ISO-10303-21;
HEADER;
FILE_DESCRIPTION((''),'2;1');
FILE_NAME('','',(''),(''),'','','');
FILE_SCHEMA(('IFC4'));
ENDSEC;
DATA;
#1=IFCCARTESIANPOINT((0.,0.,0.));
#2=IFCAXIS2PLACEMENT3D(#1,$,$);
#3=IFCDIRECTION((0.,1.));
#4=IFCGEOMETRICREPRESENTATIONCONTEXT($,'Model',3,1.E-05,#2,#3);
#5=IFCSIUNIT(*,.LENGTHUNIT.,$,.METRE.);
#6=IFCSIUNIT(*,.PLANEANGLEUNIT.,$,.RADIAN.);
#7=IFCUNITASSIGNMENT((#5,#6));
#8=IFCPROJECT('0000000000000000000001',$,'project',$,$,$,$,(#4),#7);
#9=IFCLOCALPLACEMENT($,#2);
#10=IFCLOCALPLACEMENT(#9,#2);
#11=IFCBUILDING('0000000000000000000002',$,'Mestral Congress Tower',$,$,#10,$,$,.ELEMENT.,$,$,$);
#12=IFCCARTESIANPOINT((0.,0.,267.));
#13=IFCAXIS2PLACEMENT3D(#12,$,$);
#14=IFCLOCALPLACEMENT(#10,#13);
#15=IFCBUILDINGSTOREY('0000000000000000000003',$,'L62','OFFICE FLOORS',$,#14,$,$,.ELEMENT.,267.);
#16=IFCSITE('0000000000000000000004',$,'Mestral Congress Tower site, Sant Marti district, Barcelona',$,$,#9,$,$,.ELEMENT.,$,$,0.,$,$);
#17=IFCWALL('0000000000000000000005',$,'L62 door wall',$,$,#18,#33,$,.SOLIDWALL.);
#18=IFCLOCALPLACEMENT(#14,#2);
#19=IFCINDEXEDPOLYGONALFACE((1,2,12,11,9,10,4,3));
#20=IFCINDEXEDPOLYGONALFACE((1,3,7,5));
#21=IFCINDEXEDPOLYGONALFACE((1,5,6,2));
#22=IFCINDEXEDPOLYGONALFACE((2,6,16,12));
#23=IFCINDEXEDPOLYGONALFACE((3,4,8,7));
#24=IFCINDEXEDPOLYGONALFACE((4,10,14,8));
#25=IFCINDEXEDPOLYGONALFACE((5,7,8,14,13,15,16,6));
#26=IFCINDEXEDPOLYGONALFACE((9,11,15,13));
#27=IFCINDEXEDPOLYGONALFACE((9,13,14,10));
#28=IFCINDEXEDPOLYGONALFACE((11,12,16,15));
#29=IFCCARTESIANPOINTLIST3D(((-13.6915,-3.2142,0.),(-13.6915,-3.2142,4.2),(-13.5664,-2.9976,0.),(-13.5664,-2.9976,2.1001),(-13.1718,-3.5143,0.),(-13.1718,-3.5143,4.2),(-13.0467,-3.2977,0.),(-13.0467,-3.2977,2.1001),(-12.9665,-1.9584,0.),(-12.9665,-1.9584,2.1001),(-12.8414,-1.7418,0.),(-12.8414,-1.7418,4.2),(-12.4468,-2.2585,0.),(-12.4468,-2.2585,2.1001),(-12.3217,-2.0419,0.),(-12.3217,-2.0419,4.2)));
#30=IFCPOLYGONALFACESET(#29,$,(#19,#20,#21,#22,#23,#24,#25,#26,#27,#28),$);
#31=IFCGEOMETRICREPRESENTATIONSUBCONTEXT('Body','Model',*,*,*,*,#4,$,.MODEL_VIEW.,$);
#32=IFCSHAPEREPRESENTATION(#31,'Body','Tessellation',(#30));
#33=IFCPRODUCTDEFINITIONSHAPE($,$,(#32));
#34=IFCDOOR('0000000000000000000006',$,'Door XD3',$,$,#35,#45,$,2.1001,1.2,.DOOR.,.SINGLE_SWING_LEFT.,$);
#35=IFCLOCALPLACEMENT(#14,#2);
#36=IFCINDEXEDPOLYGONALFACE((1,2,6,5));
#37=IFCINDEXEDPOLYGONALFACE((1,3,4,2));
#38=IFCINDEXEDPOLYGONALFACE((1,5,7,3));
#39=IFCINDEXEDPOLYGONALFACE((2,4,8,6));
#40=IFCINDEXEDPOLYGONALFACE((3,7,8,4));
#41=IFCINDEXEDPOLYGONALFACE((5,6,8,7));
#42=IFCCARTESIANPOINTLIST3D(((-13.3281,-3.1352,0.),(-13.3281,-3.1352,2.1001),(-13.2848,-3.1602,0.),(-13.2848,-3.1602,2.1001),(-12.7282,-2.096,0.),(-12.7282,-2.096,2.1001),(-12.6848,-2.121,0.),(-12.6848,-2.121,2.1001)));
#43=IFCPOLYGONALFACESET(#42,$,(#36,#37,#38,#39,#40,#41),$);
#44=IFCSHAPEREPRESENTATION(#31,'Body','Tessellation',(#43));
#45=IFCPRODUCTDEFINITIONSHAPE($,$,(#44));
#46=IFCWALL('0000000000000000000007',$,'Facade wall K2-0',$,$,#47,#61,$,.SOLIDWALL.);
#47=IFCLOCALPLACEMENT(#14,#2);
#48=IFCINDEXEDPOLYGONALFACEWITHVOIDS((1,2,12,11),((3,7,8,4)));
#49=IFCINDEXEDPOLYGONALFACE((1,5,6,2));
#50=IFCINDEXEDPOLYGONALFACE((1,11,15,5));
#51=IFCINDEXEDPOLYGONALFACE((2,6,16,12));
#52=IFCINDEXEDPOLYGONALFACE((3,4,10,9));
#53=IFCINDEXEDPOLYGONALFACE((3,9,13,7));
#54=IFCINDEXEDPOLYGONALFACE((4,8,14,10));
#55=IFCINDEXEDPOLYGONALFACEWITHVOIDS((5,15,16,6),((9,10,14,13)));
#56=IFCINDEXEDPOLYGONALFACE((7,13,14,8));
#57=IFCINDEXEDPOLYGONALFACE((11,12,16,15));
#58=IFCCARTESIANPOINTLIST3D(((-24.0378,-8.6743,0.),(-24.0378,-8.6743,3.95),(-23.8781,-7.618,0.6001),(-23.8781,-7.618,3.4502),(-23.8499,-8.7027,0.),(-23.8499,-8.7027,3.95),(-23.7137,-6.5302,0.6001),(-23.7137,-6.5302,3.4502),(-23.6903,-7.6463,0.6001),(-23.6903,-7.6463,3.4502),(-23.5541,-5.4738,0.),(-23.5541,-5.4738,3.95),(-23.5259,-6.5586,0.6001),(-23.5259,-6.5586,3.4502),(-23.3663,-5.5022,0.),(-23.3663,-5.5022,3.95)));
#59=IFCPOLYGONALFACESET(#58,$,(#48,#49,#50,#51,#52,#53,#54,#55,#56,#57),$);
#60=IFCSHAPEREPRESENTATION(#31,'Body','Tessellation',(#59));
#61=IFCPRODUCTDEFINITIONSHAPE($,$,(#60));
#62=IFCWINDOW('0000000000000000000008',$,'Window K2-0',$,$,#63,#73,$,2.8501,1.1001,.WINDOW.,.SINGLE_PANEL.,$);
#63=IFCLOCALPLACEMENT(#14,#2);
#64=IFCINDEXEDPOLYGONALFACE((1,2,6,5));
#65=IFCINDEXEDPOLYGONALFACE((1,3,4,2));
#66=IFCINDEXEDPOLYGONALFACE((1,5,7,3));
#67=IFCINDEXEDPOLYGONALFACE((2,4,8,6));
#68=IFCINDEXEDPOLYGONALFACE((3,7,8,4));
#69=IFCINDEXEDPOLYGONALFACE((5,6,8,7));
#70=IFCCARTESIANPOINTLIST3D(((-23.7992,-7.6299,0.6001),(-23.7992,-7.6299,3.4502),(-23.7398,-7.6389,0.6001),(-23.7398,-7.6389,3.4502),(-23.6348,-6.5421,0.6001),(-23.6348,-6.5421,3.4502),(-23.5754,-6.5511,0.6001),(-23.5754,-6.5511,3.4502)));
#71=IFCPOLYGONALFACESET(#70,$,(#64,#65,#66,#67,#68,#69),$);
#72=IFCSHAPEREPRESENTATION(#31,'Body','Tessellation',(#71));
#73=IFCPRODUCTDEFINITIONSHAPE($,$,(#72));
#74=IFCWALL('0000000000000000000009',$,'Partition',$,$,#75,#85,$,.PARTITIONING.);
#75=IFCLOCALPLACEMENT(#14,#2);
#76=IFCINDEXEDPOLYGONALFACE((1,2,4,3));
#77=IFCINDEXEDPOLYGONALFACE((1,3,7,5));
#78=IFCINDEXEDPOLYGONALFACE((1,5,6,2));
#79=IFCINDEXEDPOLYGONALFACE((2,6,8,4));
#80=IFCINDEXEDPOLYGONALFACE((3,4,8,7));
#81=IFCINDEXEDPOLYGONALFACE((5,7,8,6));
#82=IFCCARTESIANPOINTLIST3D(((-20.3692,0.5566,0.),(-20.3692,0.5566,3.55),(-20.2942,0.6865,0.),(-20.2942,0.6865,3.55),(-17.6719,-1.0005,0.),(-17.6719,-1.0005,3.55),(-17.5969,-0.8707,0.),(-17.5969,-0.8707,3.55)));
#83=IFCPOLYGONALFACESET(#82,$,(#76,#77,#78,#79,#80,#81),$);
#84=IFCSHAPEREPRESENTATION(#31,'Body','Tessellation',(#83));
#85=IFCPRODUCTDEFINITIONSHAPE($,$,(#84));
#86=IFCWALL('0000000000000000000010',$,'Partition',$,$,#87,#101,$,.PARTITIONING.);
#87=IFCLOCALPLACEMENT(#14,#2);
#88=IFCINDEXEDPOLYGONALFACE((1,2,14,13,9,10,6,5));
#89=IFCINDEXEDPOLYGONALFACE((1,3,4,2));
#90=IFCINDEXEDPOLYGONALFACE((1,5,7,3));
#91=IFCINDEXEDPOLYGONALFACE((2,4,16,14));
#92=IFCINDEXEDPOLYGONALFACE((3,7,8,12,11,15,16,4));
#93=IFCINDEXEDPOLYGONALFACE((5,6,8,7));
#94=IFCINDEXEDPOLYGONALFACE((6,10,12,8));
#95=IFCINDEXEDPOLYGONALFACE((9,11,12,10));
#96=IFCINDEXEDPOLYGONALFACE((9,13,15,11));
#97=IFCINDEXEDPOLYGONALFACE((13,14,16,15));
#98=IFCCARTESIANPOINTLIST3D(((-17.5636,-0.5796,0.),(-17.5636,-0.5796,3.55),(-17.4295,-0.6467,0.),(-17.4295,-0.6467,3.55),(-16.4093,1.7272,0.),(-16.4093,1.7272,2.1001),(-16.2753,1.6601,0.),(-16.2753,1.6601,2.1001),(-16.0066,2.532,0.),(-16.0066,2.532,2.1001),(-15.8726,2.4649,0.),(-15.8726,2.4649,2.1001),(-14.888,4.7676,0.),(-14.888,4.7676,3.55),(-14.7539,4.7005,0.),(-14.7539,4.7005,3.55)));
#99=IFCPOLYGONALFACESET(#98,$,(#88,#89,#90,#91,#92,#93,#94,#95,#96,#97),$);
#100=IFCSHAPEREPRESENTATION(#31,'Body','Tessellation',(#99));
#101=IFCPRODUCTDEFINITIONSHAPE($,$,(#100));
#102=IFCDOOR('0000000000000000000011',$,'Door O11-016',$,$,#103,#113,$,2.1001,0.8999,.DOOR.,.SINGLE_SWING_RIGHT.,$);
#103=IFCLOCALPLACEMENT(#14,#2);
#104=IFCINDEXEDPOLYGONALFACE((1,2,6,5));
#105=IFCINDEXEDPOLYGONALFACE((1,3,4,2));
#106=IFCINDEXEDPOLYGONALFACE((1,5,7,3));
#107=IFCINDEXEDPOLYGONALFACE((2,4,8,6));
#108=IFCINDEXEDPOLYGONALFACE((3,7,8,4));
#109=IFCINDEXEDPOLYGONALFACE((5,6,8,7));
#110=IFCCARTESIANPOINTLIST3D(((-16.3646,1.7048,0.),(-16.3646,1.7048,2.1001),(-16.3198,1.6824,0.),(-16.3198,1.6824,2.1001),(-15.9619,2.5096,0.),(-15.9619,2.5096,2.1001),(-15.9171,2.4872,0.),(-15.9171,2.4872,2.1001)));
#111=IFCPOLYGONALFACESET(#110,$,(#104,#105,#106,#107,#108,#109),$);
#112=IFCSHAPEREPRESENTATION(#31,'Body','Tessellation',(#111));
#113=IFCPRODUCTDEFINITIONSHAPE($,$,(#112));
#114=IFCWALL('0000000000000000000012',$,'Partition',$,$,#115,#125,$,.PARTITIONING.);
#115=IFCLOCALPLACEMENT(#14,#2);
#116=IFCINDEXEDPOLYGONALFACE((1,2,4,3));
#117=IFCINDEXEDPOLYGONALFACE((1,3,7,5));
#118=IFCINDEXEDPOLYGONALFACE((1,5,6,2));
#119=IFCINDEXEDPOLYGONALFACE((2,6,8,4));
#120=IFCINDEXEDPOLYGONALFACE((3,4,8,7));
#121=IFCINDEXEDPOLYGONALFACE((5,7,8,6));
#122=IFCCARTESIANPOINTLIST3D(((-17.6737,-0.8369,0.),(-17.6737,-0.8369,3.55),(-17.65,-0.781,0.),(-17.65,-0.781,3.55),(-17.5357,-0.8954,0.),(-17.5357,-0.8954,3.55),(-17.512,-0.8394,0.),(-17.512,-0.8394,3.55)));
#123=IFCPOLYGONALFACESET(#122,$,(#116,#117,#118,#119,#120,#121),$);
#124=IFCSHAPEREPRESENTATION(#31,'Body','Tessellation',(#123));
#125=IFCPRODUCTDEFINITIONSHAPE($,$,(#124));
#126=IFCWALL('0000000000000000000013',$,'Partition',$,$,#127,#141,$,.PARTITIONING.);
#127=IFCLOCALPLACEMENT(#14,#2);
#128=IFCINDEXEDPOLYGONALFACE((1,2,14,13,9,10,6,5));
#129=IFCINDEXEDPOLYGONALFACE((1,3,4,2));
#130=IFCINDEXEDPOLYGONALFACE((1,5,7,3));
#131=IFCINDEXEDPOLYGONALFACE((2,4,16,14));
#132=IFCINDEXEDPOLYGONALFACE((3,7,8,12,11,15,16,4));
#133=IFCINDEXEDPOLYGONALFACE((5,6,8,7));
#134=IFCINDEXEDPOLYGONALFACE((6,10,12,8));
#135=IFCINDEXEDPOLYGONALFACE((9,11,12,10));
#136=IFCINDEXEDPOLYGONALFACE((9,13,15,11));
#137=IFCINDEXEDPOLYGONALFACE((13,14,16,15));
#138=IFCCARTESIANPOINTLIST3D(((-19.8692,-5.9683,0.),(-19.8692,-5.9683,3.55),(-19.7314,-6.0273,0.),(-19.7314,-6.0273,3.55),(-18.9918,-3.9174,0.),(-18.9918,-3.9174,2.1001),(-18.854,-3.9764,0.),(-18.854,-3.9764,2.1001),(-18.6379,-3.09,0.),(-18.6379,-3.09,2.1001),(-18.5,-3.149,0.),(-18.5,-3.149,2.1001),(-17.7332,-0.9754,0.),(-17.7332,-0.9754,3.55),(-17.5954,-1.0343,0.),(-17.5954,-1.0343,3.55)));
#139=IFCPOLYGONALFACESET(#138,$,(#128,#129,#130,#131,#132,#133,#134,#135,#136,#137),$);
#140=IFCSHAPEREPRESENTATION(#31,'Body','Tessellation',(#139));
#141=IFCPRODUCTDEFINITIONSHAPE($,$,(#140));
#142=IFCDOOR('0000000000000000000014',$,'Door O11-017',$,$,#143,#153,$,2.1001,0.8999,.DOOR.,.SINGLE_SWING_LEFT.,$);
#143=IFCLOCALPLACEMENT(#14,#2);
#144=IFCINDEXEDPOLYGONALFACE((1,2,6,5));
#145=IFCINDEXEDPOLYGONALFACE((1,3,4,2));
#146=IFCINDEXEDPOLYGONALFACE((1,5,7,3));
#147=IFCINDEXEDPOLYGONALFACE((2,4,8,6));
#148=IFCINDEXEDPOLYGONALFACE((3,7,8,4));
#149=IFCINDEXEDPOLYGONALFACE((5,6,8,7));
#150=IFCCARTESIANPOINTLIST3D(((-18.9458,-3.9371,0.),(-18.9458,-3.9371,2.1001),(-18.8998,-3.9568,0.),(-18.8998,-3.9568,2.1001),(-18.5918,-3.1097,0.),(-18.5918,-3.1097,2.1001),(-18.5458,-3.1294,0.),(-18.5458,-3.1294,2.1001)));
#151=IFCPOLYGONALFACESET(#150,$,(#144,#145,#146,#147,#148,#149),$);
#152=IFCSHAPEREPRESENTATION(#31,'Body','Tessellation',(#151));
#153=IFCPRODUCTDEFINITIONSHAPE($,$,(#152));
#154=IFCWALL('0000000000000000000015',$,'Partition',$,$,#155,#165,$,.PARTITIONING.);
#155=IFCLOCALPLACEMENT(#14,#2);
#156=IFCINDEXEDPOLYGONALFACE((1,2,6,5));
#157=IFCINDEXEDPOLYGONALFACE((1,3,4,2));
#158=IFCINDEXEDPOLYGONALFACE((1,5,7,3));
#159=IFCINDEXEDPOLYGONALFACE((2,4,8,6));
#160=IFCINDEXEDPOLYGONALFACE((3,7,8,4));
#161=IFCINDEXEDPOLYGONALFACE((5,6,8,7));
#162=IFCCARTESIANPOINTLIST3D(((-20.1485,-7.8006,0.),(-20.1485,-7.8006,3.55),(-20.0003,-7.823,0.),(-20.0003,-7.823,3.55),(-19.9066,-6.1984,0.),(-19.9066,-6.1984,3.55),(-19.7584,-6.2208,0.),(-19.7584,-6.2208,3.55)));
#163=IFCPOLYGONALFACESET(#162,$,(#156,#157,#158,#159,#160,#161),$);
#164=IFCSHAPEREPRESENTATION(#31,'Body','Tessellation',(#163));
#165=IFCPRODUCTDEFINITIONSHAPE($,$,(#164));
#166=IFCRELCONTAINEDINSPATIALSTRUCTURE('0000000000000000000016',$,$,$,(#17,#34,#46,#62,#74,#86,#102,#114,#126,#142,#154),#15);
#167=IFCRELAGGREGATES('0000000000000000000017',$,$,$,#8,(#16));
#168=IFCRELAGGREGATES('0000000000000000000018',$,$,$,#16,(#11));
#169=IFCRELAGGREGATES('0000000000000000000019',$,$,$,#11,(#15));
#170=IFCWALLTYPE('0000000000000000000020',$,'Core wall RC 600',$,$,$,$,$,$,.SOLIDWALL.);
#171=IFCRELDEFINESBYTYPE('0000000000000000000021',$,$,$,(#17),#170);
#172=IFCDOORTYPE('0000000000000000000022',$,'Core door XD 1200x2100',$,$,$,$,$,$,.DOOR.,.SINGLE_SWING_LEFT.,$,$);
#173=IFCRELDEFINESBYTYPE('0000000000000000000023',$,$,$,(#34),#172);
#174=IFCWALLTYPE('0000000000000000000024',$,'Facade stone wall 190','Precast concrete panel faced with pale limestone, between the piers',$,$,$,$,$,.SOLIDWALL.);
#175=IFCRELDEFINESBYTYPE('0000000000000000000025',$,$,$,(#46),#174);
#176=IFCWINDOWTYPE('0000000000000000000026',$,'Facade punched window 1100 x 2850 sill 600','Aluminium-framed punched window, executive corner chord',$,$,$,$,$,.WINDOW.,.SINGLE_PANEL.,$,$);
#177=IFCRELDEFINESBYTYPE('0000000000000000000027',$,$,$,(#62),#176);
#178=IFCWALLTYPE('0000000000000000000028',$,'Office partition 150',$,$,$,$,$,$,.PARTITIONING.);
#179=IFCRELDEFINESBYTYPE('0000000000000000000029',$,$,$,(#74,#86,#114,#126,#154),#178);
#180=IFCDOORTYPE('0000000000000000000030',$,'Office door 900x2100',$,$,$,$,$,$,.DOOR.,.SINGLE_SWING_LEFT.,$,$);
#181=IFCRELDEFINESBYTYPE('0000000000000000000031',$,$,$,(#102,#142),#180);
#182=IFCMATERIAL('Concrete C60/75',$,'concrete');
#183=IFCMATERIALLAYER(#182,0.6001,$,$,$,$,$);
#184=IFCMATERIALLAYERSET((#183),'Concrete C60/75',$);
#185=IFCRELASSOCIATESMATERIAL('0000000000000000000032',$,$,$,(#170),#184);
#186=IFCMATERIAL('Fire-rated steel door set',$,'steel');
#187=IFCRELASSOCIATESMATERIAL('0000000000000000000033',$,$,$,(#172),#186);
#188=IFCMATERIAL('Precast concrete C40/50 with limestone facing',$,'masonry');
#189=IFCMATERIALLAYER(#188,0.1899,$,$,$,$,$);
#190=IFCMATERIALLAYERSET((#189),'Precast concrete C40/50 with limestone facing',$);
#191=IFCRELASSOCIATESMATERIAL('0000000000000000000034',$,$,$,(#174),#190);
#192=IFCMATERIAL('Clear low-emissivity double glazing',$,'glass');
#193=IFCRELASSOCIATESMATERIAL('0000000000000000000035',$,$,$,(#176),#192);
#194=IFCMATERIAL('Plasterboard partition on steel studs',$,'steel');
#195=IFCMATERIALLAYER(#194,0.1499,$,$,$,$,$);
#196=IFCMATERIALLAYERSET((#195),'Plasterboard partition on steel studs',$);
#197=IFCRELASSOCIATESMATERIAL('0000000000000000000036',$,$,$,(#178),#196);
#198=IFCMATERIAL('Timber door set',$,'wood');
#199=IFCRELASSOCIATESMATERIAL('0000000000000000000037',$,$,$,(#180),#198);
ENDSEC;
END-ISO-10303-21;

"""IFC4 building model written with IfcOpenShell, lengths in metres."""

from ifc_helpers import new_model, si_unit, direction, frame, frame_2d, origin, place, context, subcontext, project, spatial, rectangle, extrude, material, layer, layer_set, type_object, element, fill, save


model = new_model("IFC4")

# Units and contexts
model_context = context("Model", 3, precision=1e-05, world=origin(), true_north=direction((0.0, 1.0)))
body_context = subcontext(model_context, "Body", "Model", "MODEL_VIEW")
ifc_project = project(units=[si_unit("LENGTHUNIT", "METRE"), si_unit("PLANEANGLEUNIT", "RADIAN")], contexts=[model_context])

# Site, building, storey
site_placement = place(None, origin())
site = spatial("IfcSite", under=ifc_project, at=site_placement, Name="Mestral Congress Tower site, Sant Marti district, Barcelona", CompositionType="ELEMENT", RefElevation=0.0)
building_placement = place(site_placement, origin())
building = spatial("IfcBuilding", under=site, at=building_placement, Name="Mestral Congress Tower", CompositionType="ELEMENT")
storey_placement = place(building_placement, frame((0.0, 0.0, 267.0)))
storey = spatial("IfcBuildingStorey", under=building, at=storey_placement, Name="L62", Description="OFFICE FLOORS", CompositionType="ELEMENT", Elevation=267.0)

# Shared definitions
ifc_material_1 = material(Name="Concrete C60/75", Category="concrete")

# Shared definitions
ifc_layer_1 = layer(ifc_material_1, 0.6001)
ifc_layer_set_1 = layer_set([ifc_layer_1], Name="Concrete C60/75")
wall_type_1 = type_object("IfcWallType", Name="Core wall RC 600", PredefinedType="SOLIDWALL", material=ifc_layer_set_1)

# Wall, opening, door
wall_1_placement = place(storey_placement, frame((-13.4316, -3.3643, 0.0), z_axis=(0.0, 0.0, 1.0), x_axis=(0.5, 0.866025, 0.0)))
wall_1 = element("IfcWall", 1, at=wall_1_placement, inside=storey, type_object=wall_type_1, Name="L62 door wall", PredefinedType="SOLIDWALL", context=body_context, shape_type="SweptSolid", body=[
    extrude(rectangle(XDim=1.7002, YDim=0.6001, at=frame_2d((0.8501, 0.0))), origin(), (0.0, 0.0, 1.0), 4.2),
])
opening_1_placement = place(wall_1_placement, frame((0.25, 0.0, 0.0)))
opening_1 = element("IfcOpeningElement", 2, at=opening_1_placement, cuts=wall_1, PredefinedType="OPENING", context=body_context, shape_type="SweptSolid", body=[
    extrude(rectangle(XDim=1.2, YDim=2.1001, at=frame_2d((0.6001, 1.05))), frame((0.0, 0.3101, 0.0), z_axis=(0.0, -1.0, 0.0), x_axis=(1.0, 0.0, 0.0)), (0.0, 0.0, 1.0), 0.6201),
])
ifc_material_2 = material(Name="Fire-rated steel door set", Category="steel")
door_type_1 = type_object("IfcDoorType", Name="Core door XD 1200x2100", OperationType="SINGLE_SWING_LEFT", PredefinedType="DOOR", material=ifc_material_2)
door_1_placement = place(opening_1_placement, origin())
door_1 = element("IfcDoor", 3, at=door_1_placement, inside=storey, type_object=door_type_1, Name="Door XD3", OperationType="SINGLE_SWING_LEFT", OverallHeight=2.1001, OverallWidth=1.2, PredefinedType="DOOR", context=body_context, shape_type="SweptSolid", body=[
    extrude(rectangle(XDim=1.2, YDim=2.1001, at=frame_2d((0.6001, 1.05))), frame((0.0, 0.0249, 0.0), z_axis=(0.0, -1.0, 0.0), x_axis=(1.0, 0.0, 0.0)), (0.0, 0.0, 1.0), 0.05),
])
fill(opening_1, door_1)

# Wall, opening, window
ifc_material_3 = material(Name="Precast concrete C40/50 with limestone facing", Category="masonry")
ifc_layer_2 = layer(ifc_material_3, 0.1899)
ifc_layer_set_2 = layer_set([ifc_layer_2], Name="Precast concrete C40/50 with limestone facing")
wall_type_2 = type_object("IfcWallType", Name="Facade stone wall 190", Description="Precast concrete panel faced with pale limestone, between the piers", PredefinedType="SOLIDWALL", material=ifc_layer_set_2)
wall_2_placement = place(storey_placement, frame((-23.4602, -5.488, 0.0), z_axis=(0.0, 0.0, 1.0), x_axis=(-0.149421, -0.988774, 0.0)))
wall_2 = element("IfcWall", 4, at=wall_2_placement, inside=storey, type_object=wall_type_2, Name="Facade wall K2-0", PredefinedType="SOLIDWALL", context=body_context, shape_type="SweptSolid", body=[
    extrude(rectangle(XDim=3.2368, YDim=0.1899, at=frame_2d((1.6184, 0.0))), origin(), (0.0, 0.0, 1.0), 3.95),
])
opening_2_placement = place(wall_2_placement, frame((1.0684, 0.0, 0.6001)))
opening_2 = element("IfcOpeningElement", 5, at=opening_2_placement, cuts=wall_2, PredefinedType="OPENING", context=body_context, shape_type="SweptSolid", body=[
    extrude(rectangle(XDim=1.1001, YDim=2.8501, at=frame_2d((0.55, 1.425))), frame((0.0, 0.105, 0.0), z_axis=(0.0, -1.0, 0.0), x_axis=(1.0, 0.0, 0.0)), (0.0, 0.0, 1.0), 0.21),
])
ifc_material_4 = material(Name="Clear low-emissivity double glazing", Category="glass")
window_type = type_object("IfcWindowType", Name="Facade punched window 1100 x 2850 sill 600", Description="Aluminium-framed punched window, executive corner chord", PartitioningType="SINGLE_PANEL", PredefinedType="WINDOW", material=ifc_material_4)
window_placement = place(opening_2_placement, origin())
window = element("IfcWindow", 6, at=window_placement, inside=storey, type_object=window_type, Name="Window K2-0", OverallHeight=2.8501, OverallWidth=1.1001, PartitioningType="SINGLE_PANEL", PredefinedType="WINDOW", context=body_context, shape_type="SweptSolid", body=[
    extrude(rectangle(XDim=1.1001, YDim=2.8501, at=frame_2d((0.55, 1.425))), frame((0.0, 0.0449, 0.0), z_axis=(0.0, -1.0, 0.0), x_axis=(1.0, 0.0, 0.0)), (0.0, 0.0, 1.0), 0.0601),
])
fill(opening_2, window)

# Wall
ifc_material_5 = material(Name="Plasterboard partition on steel studs", Category="steel")
ifc_layer_3 = layer(ifc_material_5, 0.1499)
ifc_layer_set_3 = layer_set([ifc_layer_3], Name="Plasterboard partition on steel studs")
wall_type_3 = type_object("IfcWallType", Name="Office partition 150", PredefinedType="PARTITIONING", material=ifc_layer_set_3)
wall_3_placement = place(storey_placement, frame((-17.6345, -0.9355, 0.0), z_axis=(0.0, 0.0, 1.0), x_axis=(-0.866045, 0.499967, 0.0)))
element("IfcWall", 7, at=wall_3_placement, inside=storey, type_object=wall_type_3, Name="Partition", PredefinedType="PARTITIONING", context=body_context, shape_type="SweptSolid", body=[
    extrude(rectangle(XDim=3.1145, YDim=0.1499, at=frame_2d((1.5571, 0.0))), origin(), (0.0, 0.0, 1.0), 3.55),
])

# Wall, opening, door
wall_4_placement = place(storey_placement, frame((-17.4966, -0.6133, 0.0), z_axis=(0.0, 0.0, 1.0), x_axis=(0.447475, 0.894296, 0.0)))
wall_4 = element("IfcWall", 8, at=wall_4_placement, inside=storey, type_object=wall_type_3, Name="Partition", PredefinedType="PARTITIONING", context=body_context, shape_type="SweptSolid", body=[
    extrude(rectangle(XDim=5.9792, YDim=0.1499, at=frame_2d((2.9897, 0.0))), origin(), (0.0, 0.0, 1.0), 3.55),
])
opening_3_placement = place(wall_4_placement, frame((2.5796, 0.0, 0.0)))
opening_3 = element("IfcOpeningElement", 9, at=opening_3_placement, cuts=wall_4, PredefinedType="OPENING", context=body_context, shape_type="SweptSolid", body=[
    extrude(rectangle(XDim=0.8999, YDim=2.1001, at=frame_2d((0.45, 1.05))), frame((0.0, 0.085, 0.0), z_axis=(0.0, -1.0, 0.0), x_axis=(1.0, 0.0, 0.0)), (0.0, 0.0, 1.0), 0.1699),
])
ifc_material_6 = material(Name="Timber door set", Category="wood")
door_type_2 = type_object("IfcDoorType", Name="Office door 900x2100", OperationType="SINGLE_SWING_LEFT", PredefinedType="DOOR", material=ifc_material_6)
door_2_placement = place(opening_3_placement, origin())
door_2 = element("IfcDoor", 10, at=door_2_placement, inside=storey, type_object=door_type_2, Name="Door O11-016", OperationType="SINGLE_SWING_RIGHT", OverallHeight=2.1001, OverallWidth=0.8999, PredefinedType="DOOR", context=body_context, shape_type="SweptSolid", body=[
    extrude(rectangle(XDim=0.8999, YDim=2.1001, at=frame_2d((0.45, 1.05))), frame((0.0, 0.0249, 0.0), z_axis=(0.0, -1.0, 0.0), x_axis=(1.0, 0.0, 0.0)), (0.0, 0.0, 1.0), 0.05),
])
fill(opening_3, door_2)

# Wall
wall_5_placement = place(storey_placement, frame((-17.5811, -0.8103, 0.0), z_axis=(0.0, 0.0, 1.0), x_axis=(-0.390033, -0.920801, 0.0)))
element("IfcWall", 11, at=wall_5_placement, inside=storey, type_object=wall_type_3, Name="Partition", PredefinedType="PARTITIONING", context=body_context, shape_type="SweptSolid", body=[
    extrude(rectangle(XDim=0.0608, YDim=0.1499, at=frame_2d((0.0303, 0.0))), origin(), (0.0, 0.0, 1.0), 3.55),
])

# Wall, opening, door
wall_6_placement = place(storey_placement, frame((-19.8003, -5.9978, 0.0), z_axis=(0.0, 0.0, 1.0), x_axis=(0.393322, 0.919401, 0.0)))
wall_6 = element("IfcWall", 12, at=wall_6_placement, inside=storey, type_object=wall_type_3, Name="Partition", PredefinedType="PARTITIONING", context=body_context, shape_type="SweptSolid", body=[
    extrude(rectangle(XDim=5.4307, YDim=0.1499, at=frame_2d((2.7153, 0.0))), origin(), (0.0, 0.0, 1.0), 3.55),
])
opening_4_placement = place(wall_6_placement, frame((2.2307, 0.0, 0.0)))
opening_4 = element("IfcOpeningElement", 13, at=opening_4_placement, cuts=wall_6, PredefinedType="OPENING", context=body_context, shape_type="SweptSolid", body=[
    extrude(rectangle(XDim=0.8999, YDim=2.1001, at=frame_2d((0.45, 1.05))), frame((0.0, 0.085, 0.0), z_axis=(0.0, -1.0, 0.0), x_axis=(1.0, 0.0, 0.0)), (0.0, 0.0, 1.0), 0.1699),
])
door_3_placement = place(opening_4_placement, origin())
door_3 = element("IfcDoor", 14, at=door_3_placement, inside=storey, type_object=door_type_2, Name="Door O11-017", OperationType="SINGLE_SWING_LEFT", OverallHeight=2.1001, OverallWidth=0.8999, PredefinedType="DOOR", context=body_context, shape_type="SweptSolid", body=[
    extrude(rectangle(XDim=0.8999, YDim=2.1001, at=frame_2d((0.45, 1.05))), frame((0.0, 0.0249, 0.0), z_axis=(0.0, -1.0, 0.0), x_axis=(1.0, 0.0, 0.0)), (0.0, 0.0, 1.0), 0.05),
])
fill(opening_4, door_3)

# Wall
wall_7_placement = place(storey_placement, frame((-19.8325, -6.2097, 0.0), z_axis=(0.0, 0.0, 1.0), x_axis=(-0.149305, -0.988791, 0.0)))
element("IfcWall", 15, at=wall_7_placement, inside=storey, type_object=wall_type_3, Name="Partition", PredefinedType="PARTITIONING", context=body_context, shape_type="SweptSolid", body=[
    extrude(rectangle(XDim=1.6204, YDim=0.1499, at=frame_2d((0.8101, 0.0))), origin(), (0.0, 0.0, 1.0), 3.55),
])

save(model, "model.ifc")
